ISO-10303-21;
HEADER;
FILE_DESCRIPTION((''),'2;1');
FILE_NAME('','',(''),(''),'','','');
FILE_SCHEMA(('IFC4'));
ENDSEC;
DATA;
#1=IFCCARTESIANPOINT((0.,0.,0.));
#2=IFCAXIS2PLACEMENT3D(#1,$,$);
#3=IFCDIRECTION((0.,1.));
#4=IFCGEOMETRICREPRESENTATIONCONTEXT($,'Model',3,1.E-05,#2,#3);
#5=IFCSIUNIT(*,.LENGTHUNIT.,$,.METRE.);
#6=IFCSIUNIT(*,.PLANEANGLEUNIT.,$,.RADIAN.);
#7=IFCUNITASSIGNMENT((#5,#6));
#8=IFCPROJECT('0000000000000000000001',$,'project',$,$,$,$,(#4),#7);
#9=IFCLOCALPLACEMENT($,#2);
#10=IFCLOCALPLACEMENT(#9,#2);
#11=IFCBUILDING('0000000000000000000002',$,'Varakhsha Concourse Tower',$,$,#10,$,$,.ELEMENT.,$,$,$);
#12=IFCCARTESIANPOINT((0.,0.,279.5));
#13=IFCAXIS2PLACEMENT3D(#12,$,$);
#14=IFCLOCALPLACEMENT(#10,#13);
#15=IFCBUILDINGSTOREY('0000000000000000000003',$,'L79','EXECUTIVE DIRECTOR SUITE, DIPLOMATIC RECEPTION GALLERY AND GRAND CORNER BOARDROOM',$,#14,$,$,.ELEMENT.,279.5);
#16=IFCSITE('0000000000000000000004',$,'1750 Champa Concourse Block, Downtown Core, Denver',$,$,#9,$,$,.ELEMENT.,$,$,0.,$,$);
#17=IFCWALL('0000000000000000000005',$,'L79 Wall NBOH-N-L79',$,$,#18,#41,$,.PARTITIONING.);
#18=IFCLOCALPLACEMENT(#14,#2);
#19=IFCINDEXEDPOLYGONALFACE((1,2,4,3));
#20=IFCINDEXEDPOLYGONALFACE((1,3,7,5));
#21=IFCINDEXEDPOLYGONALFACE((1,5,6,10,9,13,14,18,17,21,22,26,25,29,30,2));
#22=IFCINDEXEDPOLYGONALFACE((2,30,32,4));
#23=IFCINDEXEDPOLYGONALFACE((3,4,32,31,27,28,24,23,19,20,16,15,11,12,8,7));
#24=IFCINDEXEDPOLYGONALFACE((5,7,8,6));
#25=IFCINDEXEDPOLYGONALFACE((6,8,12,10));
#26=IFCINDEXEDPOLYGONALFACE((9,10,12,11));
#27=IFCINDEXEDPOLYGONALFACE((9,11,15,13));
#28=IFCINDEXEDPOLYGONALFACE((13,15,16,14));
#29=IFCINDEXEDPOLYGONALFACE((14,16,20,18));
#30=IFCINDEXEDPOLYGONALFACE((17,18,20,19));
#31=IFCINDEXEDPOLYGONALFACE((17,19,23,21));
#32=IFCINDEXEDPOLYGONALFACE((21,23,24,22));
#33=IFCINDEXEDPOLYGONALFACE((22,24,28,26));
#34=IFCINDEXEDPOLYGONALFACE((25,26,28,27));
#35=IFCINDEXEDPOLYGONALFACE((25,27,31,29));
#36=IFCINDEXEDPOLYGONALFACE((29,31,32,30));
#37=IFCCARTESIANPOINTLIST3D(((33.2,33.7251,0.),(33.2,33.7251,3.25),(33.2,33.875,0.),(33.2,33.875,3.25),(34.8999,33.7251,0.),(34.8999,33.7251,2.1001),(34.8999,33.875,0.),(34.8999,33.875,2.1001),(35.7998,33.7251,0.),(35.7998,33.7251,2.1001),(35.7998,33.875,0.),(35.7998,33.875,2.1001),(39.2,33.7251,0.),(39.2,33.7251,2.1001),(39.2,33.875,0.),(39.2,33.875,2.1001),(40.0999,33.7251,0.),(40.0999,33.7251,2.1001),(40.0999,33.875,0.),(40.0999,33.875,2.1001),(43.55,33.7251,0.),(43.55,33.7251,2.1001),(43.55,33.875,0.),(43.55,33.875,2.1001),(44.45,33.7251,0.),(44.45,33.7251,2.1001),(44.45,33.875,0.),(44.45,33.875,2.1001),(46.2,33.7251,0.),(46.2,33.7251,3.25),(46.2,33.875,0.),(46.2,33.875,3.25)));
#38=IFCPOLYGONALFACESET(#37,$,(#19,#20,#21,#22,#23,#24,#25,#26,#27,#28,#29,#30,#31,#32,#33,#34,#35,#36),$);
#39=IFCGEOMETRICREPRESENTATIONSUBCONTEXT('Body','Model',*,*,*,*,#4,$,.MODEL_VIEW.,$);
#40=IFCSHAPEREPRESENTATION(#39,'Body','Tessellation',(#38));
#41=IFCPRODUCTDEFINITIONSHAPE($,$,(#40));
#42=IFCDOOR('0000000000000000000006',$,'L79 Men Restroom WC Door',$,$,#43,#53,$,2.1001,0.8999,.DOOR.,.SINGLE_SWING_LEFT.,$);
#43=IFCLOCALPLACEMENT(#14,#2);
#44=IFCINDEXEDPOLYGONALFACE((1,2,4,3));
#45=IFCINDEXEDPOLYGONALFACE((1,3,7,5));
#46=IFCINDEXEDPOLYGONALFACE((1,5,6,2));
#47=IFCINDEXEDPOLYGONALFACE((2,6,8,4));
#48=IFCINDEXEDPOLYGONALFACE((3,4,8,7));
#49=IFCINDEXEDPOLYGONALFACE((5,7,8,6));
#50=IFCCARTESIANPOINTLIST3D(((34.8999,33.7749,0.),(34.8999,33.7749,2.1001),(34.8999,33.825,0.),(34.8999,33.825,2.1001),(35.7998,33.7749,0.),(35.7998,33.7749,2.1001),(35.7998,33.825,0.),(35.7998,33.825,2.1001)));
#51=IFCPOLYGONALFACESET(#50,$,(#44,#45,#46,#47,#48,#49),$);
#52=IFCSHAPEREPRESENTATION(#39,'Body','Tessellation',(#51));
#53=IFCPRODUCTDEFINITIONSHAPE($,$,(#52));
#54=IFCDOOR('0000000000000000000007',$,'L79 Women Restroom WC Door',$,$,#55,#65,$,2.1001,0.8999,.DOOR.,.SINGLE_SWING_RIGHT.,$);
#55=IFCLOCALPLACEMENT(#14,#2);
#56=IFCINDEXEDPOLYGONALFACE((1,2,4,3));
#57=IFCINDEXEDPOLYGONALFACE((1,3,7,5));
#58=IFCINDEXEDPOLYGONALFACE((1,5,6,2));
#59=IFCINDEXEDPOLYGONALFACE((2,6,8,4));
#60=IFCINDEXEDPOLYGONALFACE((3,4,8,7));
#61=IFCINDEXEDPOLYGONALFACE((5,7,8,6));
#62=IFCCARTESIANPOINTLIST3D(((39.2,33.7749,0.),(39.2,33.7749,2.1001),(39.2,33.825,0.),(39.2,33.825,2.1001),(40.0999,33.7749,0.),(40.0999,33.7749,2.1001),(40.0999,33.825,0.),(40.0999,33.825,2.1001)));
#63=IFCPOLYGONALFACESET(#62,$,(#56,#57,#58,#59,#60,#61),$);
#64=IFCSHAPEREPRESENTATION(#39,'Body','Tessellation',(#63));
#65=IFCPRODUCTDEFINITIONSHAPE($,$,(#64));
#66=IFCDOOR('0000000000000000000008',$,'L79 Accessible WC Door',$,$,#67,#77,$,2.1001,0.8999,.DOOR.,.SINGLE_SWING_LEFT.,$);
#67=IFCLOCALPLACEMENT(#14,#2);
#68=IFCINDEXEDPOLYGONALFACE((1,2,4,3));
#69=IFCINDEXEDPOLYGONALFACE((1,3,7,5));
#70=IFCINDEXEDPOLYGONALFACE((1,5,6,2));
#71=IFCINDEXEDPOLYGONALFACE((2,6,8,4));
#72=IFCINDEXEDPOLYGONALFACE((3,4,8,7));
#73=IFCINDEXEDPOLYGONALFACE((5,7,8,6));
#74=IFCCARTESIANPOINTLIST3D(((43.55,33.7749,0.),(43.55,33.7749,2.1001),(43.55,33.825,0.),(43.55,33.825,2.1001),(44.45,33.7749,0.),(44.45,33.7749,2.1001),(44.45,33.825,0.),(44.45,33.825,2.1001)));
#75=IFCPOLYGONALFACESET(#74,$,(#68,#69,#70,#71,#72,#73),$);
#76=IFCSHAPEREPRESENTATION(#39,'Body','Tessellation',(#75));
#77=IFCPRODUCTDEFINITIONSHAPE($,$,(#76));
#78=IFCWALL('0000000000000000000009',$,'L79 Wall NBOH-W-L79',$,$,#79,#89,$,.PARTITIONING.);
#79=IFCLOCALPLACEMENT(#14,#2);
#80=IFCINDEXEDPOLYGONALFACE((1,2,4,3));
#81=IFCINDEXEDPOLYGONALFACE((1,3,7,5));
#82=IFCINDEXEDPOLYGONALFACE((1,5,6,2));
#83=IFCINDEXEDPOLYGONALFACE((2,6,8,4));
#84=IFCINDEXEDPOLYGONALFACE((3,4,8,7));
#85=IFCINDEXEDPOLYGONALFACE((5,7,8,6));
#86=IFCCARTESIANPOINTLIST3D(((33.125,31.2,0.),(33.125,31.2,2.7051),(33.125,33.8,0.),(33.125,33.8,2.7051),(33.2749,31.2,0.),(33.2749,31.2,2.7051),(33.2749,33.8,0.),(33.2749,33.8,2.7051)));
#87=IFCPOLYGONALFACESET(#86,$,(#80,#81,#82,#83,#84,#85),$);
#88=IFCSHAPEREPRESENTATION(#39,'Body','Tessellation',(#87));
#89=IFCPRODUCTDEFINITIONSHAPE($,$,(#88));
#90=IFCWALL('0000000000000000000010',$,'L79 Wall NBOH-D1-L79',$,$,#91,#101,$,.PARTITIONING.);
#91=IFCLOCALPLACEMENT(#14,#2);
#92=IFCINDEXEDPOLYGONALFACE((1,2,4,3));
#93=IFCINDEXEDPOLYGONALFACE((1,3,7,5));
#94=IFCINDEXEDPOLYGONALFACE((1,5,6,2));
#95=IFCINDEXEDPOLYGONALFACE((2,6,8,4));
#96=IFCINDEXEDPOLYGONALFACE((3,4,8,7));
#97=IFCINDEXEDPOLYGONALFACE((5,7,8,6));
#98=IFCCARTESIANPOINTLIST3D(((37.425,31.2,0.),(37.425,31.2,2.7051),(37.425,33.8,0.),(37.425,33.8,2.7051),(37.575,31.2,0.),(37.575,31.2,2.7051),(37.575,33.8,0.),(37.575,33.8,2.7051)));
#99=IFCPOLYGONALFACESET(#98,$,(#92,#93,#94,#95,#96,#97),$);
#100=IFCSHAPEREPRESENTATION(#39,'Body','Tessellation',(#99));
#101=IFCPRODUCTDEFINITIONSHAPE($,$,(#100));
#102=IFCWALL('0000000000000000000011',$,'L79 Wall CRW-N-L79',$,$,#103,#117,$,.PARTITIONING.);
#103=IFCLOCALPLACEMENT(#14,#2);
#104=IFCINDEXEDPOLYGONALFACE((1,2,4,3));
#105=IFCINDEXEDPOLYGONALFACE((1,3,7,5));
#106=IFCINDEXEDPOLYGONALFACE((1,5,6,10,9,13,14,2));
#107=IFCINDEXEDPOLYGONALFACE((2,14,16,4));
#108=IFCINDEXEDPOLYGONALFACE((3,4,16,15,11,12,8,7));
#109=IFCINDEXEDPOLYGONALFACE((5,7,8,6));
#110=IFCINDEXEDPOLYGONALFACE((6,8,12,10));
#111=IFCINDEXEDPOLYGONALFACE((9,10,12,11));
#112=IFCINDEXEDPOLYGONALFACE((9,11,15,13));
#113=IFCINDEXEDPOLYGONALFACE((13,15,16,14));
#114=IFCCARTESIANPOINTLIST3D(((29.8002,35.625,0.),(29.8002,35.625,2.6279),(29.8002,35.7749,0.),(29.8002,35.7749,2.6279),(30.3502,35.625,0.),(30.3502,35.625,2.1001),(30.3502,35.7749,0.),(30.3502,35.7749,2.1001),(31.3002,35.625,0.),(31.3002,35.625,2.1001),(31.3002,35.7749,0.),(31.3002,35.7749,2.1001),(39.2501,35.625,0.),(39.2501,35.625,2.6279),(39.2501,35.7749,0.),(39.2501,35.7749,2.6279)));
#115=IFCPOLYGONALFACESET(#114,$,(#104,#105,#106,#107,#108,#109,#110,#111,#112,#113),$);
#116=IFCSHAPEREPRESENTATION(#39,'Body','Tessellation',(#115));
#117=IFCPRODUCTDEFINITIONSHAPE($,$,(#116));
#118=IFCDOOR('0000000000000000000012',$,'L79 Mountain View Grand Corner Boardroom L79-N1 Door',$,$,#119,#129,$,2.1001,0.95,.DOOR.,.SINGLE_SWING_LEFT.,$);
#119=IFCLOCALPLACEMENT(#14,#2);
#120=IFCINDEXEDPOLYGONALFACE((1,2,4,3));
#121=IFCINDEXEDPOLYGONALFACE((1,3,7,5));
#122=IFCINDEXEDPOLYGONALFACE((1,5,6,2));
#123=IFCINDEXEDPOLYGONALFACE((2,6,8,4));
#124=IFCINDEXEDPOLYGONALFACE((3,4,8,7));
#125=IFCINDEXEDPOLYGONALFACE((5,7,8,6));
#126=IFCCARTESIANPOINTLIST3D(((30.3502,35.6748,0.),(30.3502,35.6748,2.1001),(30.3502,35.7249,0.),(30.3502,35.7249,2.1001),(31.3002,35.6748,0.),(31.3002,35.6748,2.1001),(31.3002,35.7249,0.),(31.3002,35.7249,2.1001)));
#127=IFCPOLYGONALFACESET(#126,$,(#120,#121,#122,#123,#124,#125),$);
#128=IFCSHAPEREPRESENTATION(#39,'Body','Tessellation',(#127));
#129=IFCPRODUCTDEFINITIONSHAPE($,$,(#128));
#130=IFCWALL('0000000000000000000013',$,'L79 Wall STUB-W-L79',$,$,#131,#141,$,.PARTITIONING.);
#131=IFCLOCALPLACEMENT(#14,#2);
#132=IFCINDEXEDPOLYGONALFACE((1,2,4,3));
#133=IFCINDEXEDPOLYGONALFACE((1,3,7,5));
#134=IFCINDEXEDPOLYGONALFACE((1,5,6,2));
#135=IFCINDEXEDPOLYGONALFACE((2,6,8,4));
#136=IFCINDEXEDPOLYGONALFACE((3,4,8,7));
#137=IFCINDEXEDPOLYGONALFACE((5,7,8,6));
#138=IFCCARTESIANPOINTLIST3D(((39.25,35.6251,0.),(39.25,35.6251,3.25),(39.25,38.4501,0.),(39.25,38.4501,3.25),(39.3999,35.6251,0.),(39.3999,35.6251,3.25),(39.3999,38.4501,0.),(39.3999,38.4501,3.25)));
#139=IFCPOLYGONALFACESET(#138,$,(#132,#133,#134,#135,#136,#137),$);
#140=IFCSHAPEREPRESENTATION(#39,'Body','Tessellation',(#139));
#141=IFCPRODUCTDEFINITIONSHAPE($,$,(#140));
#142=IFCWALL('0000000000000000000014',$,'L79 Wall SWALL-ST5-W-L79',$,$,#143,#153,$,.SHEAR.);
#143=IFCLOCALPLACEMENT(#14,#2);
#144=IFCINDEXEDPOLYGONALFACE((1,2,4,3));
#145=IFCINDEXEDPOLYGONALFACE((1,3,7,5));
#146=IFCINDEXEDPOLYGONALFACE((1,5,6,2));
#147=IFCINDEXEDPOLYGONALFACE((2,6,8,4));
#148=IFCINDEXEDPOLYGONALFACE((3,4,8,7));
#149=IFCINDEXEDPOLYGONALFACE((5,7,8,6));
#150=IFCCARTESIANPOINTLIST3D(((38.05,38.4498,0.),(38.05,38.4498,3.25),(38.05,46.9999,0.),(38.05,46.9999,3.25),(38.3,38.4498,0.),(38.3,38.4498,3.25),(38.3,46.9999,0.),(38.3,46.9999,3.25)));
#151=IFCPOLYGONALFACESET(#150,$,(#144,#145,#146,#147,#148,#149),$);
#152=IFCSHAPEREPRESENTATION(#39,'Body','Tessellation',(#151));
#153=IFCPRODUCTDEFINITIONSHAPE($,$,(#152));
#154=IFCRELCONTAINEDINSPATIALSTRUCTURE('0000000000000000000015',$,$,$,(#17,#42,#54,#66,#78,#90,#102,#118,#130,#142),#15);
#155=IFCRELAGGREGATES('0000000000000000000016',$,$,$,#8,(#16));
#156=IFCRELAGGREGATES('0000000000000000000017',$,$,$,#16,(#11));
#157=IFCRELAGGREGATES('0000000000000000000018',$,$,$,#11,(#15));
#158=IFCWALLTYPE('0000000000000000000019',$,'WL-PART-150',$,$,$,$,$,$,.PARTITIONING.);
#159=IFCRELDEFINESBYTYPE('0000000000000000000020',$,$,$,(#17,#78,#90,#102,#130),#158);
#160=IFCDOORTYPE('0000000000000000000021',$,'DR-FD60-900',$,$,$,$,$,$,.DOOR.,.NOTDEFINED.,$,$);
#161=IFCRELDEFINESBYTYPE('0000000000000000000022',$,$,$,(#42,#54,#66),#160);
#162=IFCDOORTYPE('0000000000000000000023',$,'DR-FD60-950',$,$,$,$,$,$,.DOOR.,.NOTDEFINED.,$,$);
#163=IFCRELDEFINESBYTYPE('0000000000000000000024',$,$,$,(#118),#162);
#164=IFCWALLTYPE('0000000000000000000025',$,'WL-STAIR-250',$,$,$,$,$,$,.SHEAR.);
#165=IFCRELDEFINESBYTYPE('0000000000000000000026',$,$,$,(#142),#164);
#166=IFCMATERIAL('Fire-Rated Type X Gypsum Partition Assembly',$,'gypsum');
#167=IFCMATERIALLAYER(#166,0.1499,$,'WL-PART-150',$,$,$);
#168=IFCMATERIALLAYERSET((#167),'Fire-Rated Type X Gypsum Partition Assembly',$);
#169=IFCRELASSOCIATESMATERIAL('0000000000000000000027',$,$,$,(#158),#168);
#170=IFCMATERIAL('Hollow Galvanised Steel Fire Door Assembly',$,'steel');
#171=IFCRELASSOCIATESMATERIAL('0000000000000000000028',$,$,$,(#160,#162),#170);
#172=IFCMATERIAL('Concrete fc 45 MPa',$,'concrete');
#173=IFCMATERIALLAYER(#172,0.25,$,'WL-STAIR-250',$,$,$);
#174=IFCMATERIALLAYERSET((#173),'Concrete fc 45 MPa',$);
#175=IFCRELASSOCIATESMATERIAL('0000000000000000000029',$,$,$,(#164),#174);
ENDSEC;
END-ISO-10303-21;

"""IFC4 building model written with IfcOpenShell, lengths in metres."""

from ifc_helpers import new_model, si_unit, direction, frame, frame_2d, origin, place, context, subcontext, project, spatial, rectangle, extrude, material, layer, layer_set, type_object, element, fill, save


model = new_model("IFC4")

# Units and contexts
model_context = context("Model", 3, precision=1e-05, world=origin(), true_north=direction((0.0, 1.0)))
body_context = subcontext(model_context, "Body", "Model", "MODEL_VIEW")
ifc_project = project(units=[si_unit("LENGTHUNIT", "METRE"), si_unit("PLANEANGLEUNIT", "RADIAN")], contexts=[model_context])

# Site, building, storey
site_placement = place(None, origin())
site = spatial("IfcSite", under=ifc_project, at=site_placement, Name="1750 Champa Concourse Block, Downtown Core, Denver", CompositionType="ELEMENT", RefElevation=0.0)
building_placement = place(site_placement, origin())
building = spatial("IfcBuilding", under=site, at=building_placement, Name="Varakhsha Concourse Tower", CompositionType="ELEMENT")
storey_placement = place(building_placement, frame((0.0, 0.0, 279.5)))
storey = spatial("IfcBuildingStorey", under=building, at=storey_placement, Name="L79", Description="EXECUTIVE DIRECTOR SUITE, DIPLOMATIC RECEPTION GALLERY AND GRAND CORNER BOARDROOM", CompositionType="ELEMENT", Elevation=279.5)

# Wall, openings, doors
ifc_material_1 = material(Name="Fire-Rated Type X Gypsum Partition Assembly", Category="gypsum")
ifc_layer_1 = layer(ifc_material_1, 0.1499, Name="WL-PART-150")
ifc_layer_set_1 = layer_set([ifc_layer_1], Name="Fire-Rated Type X Gypsum Partition Assembly")
wall_type_1 = type_object("IfcWallType", Name="WL-PART-150", PredefinedType="PARTITIONING", material=ifc_layer_set_1)
wall_1_placement = place(storey_placement, frame((33.2, 33.8, 0.0), z_axis=(0.0, 0.0, 1.0), x_axis=(1.0, 0.0, 0.0)))
wall_1 = element("IfcWall", 1, at=wall_1_placement, inside=storey, type_object=wall_type_1, Name="L79 Wall NBOH-N-L79", PredefinedType="PARTITIONING", context=body_context, shape_type="SweptSolid", body=[
    extrude(rectangle(XDim=13.0, YDim=0.1499, at=frame_2d((6.5, 0.0))), origin(), (0.0, 0.0, 1.0), 3.25),
])
opening_1_placement = place(wall_1_placement, frame((1.7, 0.0, 0.0)))
opening_1 = element("IfcOpeningElement", 2, at=opening_1_placement, cuts=wall_1, PredefinedType="OPENING", context=body_context, shape_type="SweptSolid", body=[
    extrude(rectangle(XDim=0.8999, YDim=2.1001, at=frame_2d((0.45, 1.05))), frame((0.0, 0.085, 0.0), z_axis=(0.0, -1.0, 0.0), x_axis=(1.0, 0.0, 0.0)), (0.0, 0.0, 1.0), 0.1699),
])
opening_2_placement = place(wall_1_placement, frame((6.0, 0.0, 0.0)))
opening_2 = element("IfcOpeningElement", 3, at=opening_2_placement, cuts=wall_1, PredefinedType="OPENING", context=body_context, shape_type="SweptSolid", body=[
    extrude(rectangle(XDim=0.8999, YDim=2.1001, at=frame_2d((0.45, 1.05))), frame((0.0, 0.085, 0.0), z_axis=(0.0, -1.0, 0.0), x_axis=(1.0, 0.0, 0.0)), (0.0, 0.0, 1.0), 0.1699),
])
opening_3_placement = place(wall_1_placement, frame((10.3501, 0.0, 0.0)))
opening_3 = element("IfcOpeningElement", 4, at=opening_3_placement, cuts=wall_1, PredefinedType="OPENING", context=body_context, shape_type="SweptSolid", body=[
    extrude(rectangle(XDim=0.8999, YDim=2.1001, at=frame_2d((0.45, 1.05))), frame((0.0, 0.085, 0.0), z_axis=(0.0, -1.0, 0.0), x_axis=(1.0, 0.0, 0.0)), (0.0, 0.0, 1.0), 0.1699),
])
ifc_material_2 = material(Name="Hollow Galvanised Steel Fire Door Assembly", Category="steel")
door_type_1 = type_object("IfcDoorType", Name="DR-FD60-900", OperationType="NOTDEFINED", PredefinedType="DOOR", material=ifc_material_2)
door_1_placement = place(opening_1_placement, origin())
door_1 = element("IfcDoor", 5, at=door_1_placement, inside=storey, type_object=door_type_1, Name="L79 Men Restroom WC Door", OperationType="SINGLE_SWING_LEFT", OverallHeight=2.1001, OverallWidth=0.8999, PredefinedType="DOOR", context=body_context, shape_type="SweptSolid", body=[
    extrude(rectangle(XDim=0.8999, YDim=2.1001, at=frame_2d((0.45, 1.05))), frame((0.0, 0.0249, 0.0), z_axis=(0.0, -1.0, 0.0), x_axis=(1.0, 0.0, 0.0)), (0.0, 0.0, 1.0), 0.05),
])
fill(opening_1, door_1)
door_2_placement = place(opening_2_placement, origin())
door_2 = element("IfcDoor", 6, at=door_2_placement, inside=storey, type_object=door_type_1, Name="L79 Women Restroom WC Door", OperationType="SINGLE_SWING_RIGHT", OverallHeight=2.1001, OverallWidth=0.8999, PredefinedType="DOOR", context=body_context, shape_type="SweptSolid", body=[
    extrude(rectangle(XDim=0.8999, YDim=2.1001, at=frame_2d((0.45, 1.05))), frame((0.0, 0.0249, 0.0), z_axis=(0.0, -1.0, 0.0), x_axis=(1.0, 0.0, 0.0)), (0.0, 0.0, 1.0), 0.05),
])
fill(opening_2, door_2)
door_3_placement = place(opening_3_placement, origin())
door_3 = element("IfcDoor", 7, at=door_3_placement, inside=storey, type_object=door_type_1, Name="L79 Accessible WC Door", OperationType="SINGLE_SWING_LEFT", OverallHeight=2.1001, OverallWidth=0.8999, PredefinedType="DOOR", context=body_context, shape_type="SweptSolid", body=[
    extrude(rectangle(XDim=0.8999, YDim=2.1001, at=frame_2d((0.45, 1.05))), frame((0.0, 0.0249, 0.0), z_axis=(0.0, -1.0, 0.0), x_axis=(1.0, 0.0, 0.0)), (0.0, 0.0, 1.0), 0.05),
])
fill(opening_3, door_3)

# Walls
for number, where, z_axis, x_axis, name in (
    (8, (33.2, 31.2, 0.0), (0.0, 0.0, 1.0), (0.0, 1.0, 0.0), "L79 Wall NBOH-W-L79"),
    (9, (37.5, 31.2, 0.0), (0.0, 0.0, 1.0), (0.0, 1.0, 0.0), "L79 Wall NBOH-D1-L79"),
):
    element("IfcWall", number, at=place(storey_placement, frame(where, z_axis=z_axis, x_axis=x_axis)), inside=storey, type_object=wall_type_1, Name=name, PredefinedType="PARTITIONING", context=body_context, shape_type="SweptSolid", body=[
        extrude(rectangle(XDim=2.6001, YDim=0.1499, at=frame_2d((1.3, 0.0))), origin(), (0.0, 0.0, 1.0), 2.7051),
    ])

# Wall, opening, door
wall_2_placement = place(storey_placement, frame((29.8, 35.7, 0.0), z_axis=(0.0, 0.0, 1.0), x_axis=(1.0, 0.0, 0.0)))
wall_2 = element("IfcWall", 10, at=wall_2_placement, inside=storey, type_object=wall_type_1, Name="L79 Wall CRW-N-L79", PredefinedType="PARTITIONING", context=body_context, shape_type="SweptSolid", body=[
    extrude(rectangle(XDim=9.45, YDim=0.1499, at=frame_2d((4.7251, 0.0))), origin(), (0.0, 0.0, 1.0), 2.6279),
])
opening_4_placement = place(wall_2_placement, frame((0.55, 0.0, 0.0)))
opening_4 = element("IfcOpeningElement", 11, at=opening_4_placement, cuts=wall_2, PredefinedType="OPENING", context=body_context, shape_type="SweptSolid", body=[
    extrude(rectangle(XDim=0.95, YDim=2.1001, at=frame_2d((0.4751, 1.05))), frame((0.0, 0.085, 0.0), z_axis=(0.0, -1.0, 0.0), x_axis=(1.0, 0.0, 0.0)), (0.0, 0.0, 1.0), 0.1699),
])
door_type_2 = type_object("IfcDoorType", Name="DR-FD60-950", OperationType="NOTDEFINED", PredefinedType="DOOR", material=ifc_material_2)
door_4_placement = place(opening_4_placement, origin())
door_4 = element("IfcDoor", 12, at=door_4_placement, inside=storey, type_object=door_type_2, Name="L79 Mountain View Grand Corner Boardroom L79-N1 Door", OperationType="SINGLE_SWING_LEFT", OverallHeight=2.1001, OverallWidth=0.95, PredefinedType="DOOR", context=body_context, shape_type="SweptSolid", body=[
    extrude(rectangle(XDim=0.95, YDim=2.1001, at=frame_2d((0.4751, 1.05))), frame((0.0, 0.0249, 0.0), z_axis=(0.0, -1.0, 0.0), x_axis=(1.0, 0.0, 0.0)), (0.0, 0.0, 1.0), 0.05),
])
fill(opening_4, door_4)

# Walls
wall_3_placement = place(storey_placement, frame((39.325, 35.625, 0.0), z_axis=(0.0, 0.0, 1.0), x_axis=(0.0, 1.0, 0.0)))
element("IfcWall", 13, at=wall_3_placement, inside=storey, type_object=wall_type_1, Name="L79 Wall STUB-W-L79", PredefinedType="PARTITIONING", context=body_context, shape_type="SweptSolid", body=[
    extrude(rectangle(XDim=2.825, YDim=0.1499, at=frame_2d((1.4126, 0.0))), origin(), (0.0, 0.0, 1.0), 3.25),
])
ifc_material_3 = material(Name="Concrete fc 45 MPa", Category="concrete")
ifc_layer_2 = layer(ifc_material_3, 0.25, Name="WL-STAIR-250")
ifc_layer_set_2 = layer_set([ifc_layer_2], Name="Concrete fc 45 MPa")
wall_type_2 = type_object("IfcWallType", Name="WL-STAIR-250", PredefinedType="SHEAR", material=ifc_layer_set_2)
wall_4_placement = place(storey_placement, frame((38.175, 38.45, 0.0), z_axis=(0.0, 0.0, 1.0), x_axis=(0.0, 1.0, 0.0)))
element("IfcWall", 14, at=wall_4_placement, inside=storey, type_object=wall_type_2, Name="L79 Wall SWALL-ST5-W-L79", PredefinedType="SHEAR", context=body_context, shape_type="SweptSolid", body=[
    extrude(rectangle(XDim=8.55, YDim=0.25, at=frame_2d((4.2749, 0.0))), origin(), (0.0, 0.0, 1.0), 3.25),
])

save(model, "model.ifc")
